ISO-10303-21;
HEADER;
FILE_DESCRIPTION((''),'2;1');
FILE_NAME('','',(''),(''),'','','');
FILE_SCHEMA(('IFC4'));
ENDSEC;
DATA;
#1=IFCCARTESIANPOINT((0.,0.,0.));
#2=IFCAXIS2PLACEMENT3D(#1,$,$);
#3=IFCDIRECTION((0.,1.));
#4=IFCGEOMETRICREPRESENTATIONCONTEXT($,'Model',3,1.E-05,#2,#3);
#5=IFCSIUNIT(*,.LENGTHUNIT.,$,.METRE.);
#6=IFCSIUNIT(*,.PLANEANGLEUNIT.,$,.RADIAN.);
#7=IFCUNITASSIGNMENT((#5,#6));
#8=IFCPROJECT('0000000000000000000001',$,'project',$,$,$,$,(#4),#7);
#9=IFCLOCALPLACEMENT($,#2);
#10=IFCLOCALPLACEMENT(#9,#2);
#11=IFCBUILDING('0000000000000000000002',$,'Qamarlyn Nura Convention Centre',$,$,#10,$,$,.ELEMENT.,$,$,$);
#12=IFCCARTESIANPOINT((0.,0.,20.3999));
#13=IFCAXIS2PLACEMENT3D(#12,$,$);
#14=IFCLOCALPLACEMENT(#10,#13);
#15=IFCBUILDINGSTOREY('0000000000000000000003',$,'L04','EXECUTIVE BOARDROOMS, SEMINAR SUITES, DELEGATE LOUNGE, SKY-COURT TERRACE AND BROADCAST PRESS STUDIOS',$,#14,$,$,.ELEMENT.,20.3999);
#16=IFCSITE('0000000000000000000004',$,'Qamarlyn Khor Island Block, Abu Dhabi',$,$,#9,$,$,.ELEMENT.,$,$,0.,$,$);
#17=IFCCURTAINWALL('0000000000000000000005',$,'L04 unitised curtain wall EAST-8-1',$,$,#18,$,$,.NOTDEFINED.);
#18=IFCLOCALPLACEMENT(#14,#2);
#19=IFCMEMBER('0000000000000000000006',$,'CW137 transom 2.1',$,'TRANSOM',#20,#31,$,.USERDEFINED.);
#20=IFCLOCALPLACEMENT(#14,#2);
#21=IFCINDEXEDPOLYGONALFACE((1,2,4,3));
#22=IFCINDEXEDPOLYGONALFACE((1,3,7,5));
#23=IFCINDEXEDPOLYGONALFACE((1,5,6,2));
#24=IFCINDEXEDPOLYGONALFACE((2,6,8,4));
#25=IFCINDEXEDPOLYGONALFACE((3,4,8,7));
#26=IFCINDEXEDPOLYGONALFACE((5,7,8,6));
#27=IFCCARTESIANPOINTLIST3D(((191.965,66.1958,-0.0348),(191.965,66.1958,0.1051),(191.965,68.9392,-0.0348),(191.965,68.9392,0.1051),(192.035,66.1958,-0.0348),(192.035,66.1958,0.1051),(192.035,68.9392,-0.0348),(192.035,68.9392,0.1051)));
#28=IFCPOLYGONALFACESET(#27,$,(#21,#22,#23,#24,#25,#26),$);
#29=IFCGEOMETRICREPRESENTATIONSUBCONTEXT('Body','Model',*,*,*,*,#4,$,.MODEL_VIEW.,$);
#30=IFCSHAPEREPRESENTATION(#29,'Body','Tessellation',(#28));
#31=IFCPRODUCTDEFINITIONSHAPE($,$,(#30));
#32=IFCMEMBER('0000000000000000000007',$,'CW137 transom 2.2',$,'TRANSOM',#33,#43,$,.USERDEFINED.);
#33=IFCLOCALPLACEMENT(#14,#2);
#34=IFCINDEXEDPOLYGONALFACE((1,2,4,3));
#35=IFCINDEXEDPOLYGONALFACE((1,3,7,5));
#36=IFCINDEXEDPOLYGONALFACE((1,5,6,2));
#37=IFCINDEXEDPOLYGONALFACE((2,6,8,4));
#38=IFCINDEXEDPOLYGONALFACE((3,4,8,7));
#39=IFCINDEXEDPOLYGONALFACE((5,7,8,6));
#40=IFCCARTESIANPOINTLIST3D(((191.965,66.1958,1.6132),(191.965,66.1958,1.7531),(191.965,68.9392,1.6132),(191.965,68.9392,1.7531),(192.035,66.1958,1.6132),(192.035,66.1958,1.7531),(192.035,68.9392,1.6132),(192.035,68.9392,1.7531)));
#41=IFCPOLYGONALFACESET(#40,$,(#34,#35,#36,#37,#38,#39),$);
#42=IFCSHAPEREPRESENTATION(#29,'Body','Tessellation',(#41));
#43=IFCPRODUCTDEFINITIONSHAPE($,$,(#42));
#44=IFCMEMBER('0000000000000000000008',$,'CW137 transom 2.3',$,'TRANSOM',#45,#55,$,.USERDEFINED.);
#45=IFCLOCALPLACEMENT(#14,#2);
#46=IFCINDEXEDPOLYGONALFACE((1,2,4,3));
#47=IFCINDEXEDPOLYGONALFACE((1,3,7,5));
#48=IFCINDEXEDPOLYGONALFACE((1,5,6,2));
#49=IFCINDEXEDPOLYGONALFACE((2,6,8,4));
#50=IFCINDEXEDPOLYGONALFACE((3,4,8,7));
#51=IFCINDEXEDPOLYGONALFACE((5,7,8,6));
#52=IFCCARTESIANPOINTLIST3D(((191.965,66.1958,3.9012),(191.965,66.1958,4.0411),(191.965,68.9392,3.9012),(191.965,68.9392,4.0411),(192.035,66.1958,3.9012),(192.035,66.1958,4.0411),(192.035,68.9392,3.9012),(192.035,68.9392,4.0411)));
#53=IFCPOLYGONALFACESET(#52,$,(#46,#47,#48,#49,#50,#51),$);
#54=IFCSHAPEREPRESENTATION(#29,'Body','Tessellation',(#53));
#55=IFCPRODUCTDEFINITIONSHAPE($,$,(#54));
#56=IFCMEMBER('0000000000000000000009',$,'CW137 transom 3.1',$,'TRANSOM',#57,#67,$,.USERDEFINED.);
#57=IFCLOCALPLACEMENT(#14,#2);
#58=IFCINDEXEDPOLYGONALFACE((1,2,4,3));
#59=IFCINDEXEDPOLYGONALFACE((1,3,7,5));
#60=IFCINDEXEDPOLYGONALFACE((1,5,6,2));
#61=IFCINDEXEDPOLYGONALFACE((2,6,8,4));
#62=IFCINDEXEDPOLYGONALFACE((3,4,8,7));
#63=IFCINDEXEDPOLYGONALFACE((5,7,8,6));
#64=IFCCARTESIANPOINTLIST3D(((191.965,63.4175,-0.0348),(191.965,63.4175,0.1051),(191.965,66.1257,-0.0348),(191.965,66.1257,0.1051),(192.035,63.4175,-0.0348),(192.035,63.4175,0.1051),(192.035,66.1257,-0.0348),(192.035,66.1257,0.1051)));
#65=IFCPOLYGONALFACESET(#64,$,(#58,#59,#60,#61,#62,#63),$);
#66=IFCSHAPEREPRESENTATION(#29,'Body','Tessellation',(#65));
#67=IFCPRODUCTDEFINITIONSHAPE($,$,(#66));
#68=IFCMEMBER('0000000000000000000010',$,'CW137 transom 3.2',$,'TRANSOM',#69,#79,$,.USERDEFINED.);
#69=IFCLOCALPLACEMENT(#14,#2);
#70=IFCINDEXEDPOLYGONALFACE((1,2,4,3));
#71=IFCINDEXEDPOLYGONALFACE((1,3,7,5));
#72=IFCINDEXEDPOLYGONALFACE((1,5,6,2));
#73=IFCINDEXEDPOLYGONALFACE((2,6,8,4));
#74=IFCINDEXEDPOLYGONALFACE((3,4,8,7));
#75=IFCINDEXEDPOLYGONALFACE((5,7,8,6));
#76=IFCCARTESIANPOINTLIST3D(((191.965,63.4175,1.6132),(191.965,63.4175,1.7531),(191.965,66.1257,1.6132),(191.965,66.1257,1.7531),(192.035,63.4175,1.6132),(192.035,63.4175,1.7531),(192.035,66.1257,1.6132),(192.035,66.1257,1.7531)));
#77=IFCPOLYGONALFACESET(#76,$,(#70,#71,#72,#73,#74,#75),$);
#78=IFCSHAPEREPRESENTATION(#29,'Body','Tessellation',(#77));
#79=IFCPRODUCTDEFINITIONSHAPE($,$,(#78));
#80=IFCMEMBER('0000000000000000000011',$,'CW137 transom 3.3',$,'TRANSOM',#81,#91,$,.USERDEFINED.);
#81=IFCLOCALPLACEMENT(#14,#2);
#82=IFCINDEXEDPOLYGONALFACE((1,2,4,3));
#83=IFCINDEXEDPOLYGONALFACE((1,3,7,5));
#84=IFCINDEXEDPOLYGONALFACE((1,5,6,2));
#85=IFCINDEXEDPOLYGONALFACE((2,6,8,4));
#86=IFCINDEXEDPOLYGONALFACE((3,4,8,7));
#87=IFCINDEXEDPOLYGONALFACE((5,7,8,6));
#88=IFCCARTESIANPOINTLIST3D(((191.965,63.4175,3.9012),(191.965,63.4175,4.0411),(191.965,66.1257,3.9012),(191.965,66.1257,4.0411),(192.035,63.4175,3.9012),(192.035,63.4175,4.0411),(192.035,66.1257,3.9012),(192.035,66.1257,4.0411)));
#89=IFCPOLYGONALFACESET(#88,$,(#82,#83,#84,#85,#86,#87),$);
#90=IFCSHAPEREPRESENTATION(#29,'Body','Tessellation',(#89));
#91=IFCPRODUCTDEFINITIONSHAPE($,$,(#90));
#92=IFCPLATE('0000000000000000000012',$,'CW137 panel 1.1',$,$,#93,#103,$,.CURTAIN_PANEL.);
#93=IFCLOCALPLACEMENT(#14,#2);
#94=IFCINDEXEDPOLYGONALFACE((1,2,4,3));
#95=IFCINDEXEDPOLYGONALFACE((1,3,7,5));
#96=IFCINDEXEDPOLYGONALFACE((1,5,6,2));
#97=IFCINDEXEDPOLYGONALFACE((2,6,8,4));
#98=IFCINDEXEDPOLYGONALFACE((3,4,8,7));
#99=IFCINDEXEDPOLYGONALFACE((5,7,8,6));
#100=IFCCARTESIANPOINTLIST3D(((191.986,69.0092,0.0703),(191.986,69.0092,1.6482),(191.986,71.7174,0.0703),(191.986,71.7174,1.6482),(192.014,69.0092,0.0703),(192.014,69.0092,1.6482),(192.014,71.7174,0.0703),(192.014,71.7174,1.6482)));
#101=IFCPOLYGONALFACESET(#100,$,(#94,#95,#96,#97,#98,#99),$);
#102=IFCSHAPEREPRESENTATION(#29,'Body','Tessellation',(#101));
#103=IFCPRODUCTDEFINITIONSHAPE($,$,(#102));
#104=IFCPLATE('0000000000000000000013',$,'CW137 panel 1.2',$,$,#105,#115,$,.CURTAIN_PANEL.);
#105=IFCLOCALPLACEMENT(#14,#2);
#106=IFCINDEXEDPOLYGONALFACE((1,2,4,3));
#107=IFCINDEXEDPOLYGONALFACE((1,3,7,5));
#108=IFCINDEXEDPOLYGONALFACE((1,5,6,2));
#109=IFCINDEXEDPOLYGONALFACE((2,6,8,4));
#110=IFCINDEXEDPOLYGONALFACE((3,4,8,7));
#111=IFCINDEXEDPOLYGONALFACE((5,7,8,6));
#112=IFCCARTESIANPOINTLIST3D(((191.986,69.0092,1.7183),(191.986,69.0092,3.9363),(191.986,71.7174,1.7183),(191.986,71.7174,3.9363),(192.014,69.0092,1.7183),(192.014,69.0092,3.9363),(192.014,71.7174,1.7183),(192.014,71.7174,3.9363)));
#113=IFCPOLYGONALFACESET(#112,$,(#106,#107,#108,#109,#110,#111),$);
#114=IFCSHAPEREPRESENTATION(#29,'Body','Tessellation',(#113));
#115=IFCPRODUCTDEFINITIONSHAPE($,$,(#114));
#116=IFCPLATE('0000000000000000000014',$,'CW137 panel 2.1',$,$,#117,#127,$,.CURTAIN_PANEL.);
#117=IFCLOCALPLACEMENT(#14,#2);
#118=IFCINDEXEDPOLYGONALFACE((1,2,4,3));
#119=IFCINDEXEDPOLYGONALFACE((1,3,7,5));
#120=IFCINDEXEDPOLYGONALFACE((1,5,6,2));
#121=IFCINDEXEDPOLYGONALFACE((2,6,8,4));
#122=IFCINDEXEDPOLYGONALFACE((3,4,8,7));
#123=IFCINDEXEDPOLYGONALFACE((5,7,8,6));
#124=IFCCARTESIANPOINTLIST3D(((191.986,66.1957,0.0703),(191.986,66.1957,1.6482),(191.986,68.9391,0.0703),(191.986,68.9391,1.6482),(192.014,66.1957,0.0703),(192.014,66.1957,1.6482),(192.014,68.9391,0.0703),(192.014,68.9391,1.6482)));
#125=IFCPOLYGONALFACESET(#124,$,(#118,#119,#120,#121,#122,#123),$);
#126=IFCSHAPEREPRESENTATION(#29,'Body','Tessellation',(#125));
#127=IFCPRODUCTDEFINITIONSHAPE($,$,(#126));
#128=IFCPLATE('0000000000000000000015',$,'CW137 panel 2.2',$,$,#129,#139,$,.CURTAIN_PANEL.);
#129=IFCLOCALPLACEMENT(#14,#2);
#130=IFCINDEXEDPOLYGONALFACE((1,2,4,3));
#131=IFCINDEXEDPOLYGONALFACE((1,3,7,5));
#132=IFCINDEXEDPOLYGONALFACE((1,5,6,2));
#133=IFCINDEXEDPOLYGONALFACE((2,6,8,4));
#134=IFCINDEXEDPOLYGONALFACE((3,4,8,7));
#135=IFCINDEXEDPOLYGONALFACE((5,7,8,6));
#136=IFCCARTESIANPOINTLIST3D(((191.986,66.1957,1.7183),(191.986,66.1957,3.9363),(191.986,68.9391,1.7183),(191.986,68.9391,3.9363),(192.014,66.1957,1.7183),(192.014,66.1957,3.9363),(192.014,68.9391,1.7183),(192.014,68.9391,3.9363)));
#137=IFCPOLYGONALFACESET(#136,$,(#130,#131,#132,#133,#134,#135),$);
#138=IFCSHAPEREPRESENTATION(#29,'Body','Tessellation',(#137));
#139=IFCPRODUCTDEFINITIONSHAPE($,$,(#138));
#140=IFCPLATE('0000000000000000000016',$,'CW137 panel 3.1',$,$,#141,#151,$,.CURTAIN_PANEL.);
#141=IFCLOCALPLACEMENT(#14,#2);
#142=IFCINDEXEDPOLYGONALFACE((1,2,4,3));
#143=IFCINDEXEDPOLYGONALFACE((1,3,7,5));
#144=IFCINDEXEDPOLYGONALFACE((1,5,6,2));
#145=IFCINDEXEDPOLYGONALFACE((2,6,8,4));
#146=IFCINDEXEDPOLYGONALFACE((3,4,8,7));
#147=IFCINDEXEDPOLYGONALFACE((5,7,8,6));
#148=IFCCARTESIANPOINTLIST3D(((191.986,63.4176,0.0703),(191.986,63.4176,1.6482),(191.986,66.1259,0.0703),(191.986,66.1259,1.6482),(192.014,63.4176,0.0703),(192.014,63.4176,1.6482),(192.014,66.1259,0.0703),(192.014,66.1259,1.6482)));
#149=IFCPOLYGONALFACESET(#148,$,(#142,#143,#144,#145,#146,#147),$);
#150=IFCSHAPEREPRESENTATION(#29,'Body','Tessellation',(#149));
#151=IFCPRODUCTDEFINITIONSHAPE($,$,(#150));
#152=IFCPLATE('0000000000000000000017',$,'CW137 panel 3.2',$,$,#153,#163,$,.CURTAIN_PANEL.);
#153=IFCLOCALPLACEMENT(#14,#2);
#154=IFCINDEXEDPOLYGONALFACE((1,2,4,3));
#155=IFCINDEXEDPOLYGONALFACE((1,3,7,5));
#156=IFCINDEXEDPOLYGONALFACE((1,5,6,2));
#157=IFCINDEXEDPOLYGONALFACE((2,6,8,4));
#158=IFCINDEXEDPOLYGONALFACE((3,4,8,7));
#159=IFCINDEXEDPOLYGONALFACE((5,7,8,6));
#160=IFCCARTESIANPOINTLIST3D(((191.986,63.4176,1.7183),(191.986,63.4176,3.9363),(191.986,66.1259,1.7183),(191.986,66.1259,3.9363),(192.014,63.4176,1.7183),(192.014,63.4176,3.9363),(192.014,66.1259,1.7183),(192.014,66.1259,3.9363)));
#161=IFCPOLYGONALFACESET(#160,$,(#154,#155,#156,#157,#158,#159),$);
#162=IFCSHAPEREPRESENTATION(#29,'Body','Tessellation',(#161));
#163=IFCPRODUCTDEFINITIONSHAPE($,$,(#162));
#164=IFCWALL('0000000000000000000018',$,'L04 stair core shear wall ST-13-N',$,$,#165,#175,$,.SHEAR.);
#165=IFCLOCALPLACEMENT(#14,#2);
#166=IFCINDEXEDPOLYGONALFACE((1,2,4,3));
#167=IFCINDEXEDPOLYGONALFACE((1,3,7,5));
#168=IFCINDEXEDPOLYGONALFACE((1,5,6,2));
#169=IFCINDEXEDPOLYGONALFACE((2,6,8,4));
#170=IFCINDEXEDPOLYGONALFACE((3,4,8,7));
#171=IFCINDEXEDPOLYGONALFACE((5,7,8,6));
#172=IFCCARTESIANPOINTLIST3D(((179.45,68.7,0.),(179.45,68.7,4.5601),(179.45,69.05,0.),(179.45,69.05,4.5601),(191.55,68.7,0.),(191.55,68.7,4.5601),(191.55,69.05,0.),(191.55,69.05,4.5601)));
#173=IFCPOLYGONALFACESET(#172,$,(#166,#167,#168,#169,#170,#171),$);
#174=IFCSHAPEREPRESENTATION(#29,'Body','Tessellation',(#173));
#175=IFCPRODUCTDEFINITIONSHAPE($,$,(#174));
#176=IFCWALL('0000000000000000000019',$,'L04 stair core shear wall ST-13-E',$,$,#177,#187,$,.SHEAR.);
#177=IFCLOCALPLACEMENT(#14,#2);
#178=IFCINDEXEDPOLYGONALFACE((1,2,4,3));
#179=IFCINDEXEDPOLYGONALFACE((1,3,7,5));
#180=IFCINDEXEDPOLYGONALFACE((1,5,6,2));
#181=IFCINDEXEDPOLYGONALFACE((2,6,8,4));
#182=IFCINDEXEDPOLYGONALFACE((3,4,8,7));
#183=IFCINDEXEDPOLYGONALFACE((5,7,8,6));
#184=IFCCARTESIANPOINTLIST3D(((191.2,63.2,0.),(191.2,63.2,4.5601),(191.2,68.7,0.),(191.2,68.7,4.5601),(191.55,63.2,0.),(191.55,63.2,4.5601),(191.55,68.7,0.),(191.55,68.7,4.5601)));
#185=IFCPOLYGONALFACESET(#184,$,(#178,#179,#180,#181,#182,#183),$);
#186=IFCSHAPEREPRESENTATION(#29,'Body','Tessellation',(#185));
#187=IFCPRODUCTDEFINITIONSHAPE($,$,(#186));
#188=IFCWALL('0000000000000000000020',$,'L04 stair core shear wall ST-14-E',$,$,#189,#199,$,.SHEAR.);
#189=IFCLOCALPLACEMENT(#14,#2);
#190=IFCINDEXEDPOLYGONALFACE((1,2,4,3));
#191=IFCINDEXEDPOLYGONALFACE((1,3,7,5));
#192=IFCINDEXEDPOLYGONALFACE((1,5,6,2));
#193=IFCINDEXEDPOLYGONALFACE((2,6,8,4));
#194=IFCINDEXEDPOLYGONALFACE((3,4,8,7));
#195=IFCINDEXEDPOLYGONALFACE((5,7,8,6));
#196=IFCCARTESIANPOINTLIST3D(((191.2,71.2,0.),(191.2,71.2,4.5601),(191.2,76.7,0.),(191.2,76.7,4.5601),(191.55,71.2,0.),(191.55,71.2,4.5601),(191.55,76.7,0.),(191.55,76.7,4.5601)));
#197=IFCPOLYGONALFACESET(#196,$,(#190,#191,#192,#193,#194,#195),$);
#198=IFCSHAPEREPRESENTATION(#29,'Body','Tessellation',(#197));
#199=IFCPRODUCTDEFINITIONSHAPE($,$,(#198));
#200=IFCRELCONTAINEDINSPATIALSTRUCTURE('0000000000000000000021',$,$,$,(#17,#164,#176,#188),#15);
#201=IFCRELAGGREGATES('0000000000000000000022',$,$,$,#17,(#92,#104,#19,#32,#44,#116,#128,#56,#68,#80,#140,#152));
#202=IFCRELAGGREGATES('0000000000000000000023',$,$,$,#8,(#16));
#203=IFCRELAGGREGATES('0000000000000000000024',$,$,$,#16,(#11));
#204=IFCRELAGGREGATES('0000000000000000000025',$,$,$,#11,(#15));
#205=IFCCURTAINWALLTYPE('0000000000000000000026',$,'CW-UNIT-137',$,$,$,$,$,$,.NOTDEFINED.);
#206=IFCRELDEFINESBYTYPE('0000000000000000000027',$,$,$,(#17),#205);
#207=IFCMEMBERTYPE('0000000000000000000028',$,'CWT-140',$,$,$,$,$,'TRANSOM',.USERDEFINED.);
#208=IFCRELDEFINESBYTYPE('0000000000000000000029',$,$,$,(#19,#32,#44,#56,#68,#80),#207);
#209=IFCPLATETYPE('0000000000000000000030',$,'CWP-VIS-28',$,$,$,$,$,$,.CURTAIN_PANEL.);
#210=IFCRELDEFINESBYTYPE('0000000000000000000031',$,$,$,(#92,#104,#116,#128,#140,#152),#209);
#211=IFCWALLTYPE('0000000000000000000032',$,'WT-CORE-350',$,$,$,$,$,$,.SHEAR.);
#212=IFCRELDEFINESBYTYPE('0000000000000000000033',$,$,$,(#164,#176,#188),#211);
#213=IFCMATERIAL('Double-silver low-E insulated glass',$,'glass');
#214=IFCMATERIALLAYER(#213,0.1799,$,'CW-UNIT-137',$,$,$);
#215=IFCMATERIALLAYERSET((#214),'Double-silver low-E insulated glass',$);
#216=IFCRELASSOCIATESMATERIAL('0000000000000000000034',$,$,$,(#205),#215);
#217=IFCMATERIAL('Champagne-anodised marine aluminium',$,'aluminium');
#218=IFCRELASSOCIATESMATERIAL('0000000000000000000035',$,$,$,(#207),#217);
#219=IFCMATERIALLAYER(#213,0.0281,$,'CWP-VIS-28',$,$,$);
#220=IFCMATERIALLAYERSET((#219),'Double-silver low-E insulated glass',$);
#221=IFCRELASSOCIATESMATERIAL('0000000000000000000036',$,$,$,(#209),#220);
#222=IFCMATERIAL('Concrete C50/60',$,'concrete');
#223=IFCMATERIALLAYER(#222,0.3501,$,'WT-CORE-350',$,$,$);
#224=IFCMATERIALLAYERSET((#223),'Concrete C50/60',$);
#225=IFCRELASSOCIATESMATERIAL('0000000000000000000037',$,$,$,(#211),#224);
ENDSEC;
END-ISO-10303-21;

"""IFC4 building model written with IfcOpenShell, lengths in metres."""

from ifc_helpers import new_model, si_unit, direction, frame, frame_2d, origin, origin_2d, place, context, subcontext, project, spatial, rectangle, extrude, material, layer, layer_set, material_profile, profile_set, type_object, element, aggregate, save


model = new_model("IFC4")

# Units and contexts
model_context = context("Model", 3, precision=1e-05, world=origin(), true_north=direction((0.0, 1.0)))
body_context = subcontext(model_context, "Body", "Model", "MODEL_VIEW")
ifc_project = project(units=[si_unit("LENGTHUNIT", "METRE"), si_unit("PLANEANGLEUNIT", "RADIAN")], contexts=[model_context])

# Site, building, storey
site_placement = place(None, origin())
site = spatial("IfcSite", under=ifc_project, at=site_placement, Name="Qamarlyn Khor Island Block, Abu Dhabi", CompositionType="ELEMENT", RefElevation=0.0)
building_placement = place(site_placement, origin())
building = spatial("IfcBuilding", under=site, at=building_placement, Name="Qamarlyn Nura Convention Centre", CompositionType="ELEMENT")
storey_placement = place(building_placement, frame((0.0, 0.0, 20.3999)))
storey = spatial("IfcBuildingStorey", under=building, at=storey_placement, Name="L04", Description="EXECUTIVE BOARDROOMS, SEMINAR SUITES, DELEGATE LOUNGE, SKY-COURT TERRACE AND BROADCAST PRESS STUDIOS", CompositionType="ELEMENT", Elevation=20.3999)

# Curtain wall, members, plates
ifc_material_1 = material(Name="Double-silver low-E insulated glass", Category="glass")
ifc_layer_1 = layer(ifc_material_1, 0.1799, Name="CW-UNIT-137")
ifc_layer_set_1 = layer_set([ifc_layer_1], Name="Double-silver low-E insulated glass")
curtain_wall_type = type_object("IfcCurtainWallType", Name="CW-UNIT-137", PredefinedType="NOTDEFINED", material=ifc_layer_set_1)
curtain_wall_placement = place(storey_placement, origin())
curtain_wall = element("IfcCurtainWall", 1, at=curtain_wall_placement, inside=storey, type_object=curtain_wall_type, Name="L04 unitised curtain wall EAST-8-1", PredefinedType="NOTDEFINED")
ifc_material_2 = material(Name="Champagne-anodised marine aluminium", Category="aluminium")
ifc_material_profile_1 = material_profile(ifc_material_2, rectangle(XDim=0.0701, YDim=0.1399, at=origin_2d()), Name="ALU TRANSOM 70x140")
ifc_profile_set_1 = profile_set([ifc_material_profile_1], Name="Champagne-anodised marine aluminium")
member_type_1 = type_object("IfcMemberType", Name="CWT-140", ElementType="TRANSOM", PredefinedType="USERDEFINED", material=ifc_profile_set_1)
member_1_placement = place(storey_placement, frame((192.0, 68.9392, 0.0352), z_axis=(0.0, -1.0, 0.0), x_axis=(1.0, 0.0, 0.0)))
member_1 = element("IfcMember", 2, at=member_1_placement, type_object=member_type_1, Name="CW137 transom 2.1", ObjectType="TRANSOM", PredefinedType="USERDEFINED", context=body_context, shape_type="SweptSolid", body=[
    extrude(rectangle(XDim=0.0701, YDim=0.1399, at=origin_2d()), origin(), (0.0, 0.0, 1.0), 2.7434),
])
member_2_placement = place(storey_placement, frame((192.0, 68.9392, 1.6831), z_axis=(0.0, -1.0, 0.0), x_axis=(1.0, 0.0, 0.0)))
member_2 = element("IfcMember", 3, at=member_2_placement, type_object=member_type_1, Name="CW137 transom 2.2", ObjectType="TRANSOM", PredefinedType="USERDEFINED", context=body_context, shape_type="SweptSolid", body=[
    extrude(rectangle(XDim=0.0701, YDim=0.1399, at=origin_2d()), origin(), (0.0, 0.0, 1.0), 2.7434),
])
member_3_placement = place(storey_placement, frame((192.0, 68.9392, 3.9712), z_axis=(0.0, -1.0, 0.0), x_axis=(1.0, 0.0, 0.0)))
member_3 = element("IfcMember", 4, at=member_3_placement, type_object=member_type_1, Name="CW137 transom 2.3", ObjectType="TRANSOM", PredefinedType="USERDEFINED", context=body_context, shape_type="SweptSolid", body=[
    extrude(rectangle(XDim=0.0701, YDim=0.1399, at=origin_2d()), origin(), (0.0, 0.0, 1.0), 2.7434),
])
member_4_placement = place(storey_placement, frame((192.0, 66.1257, 0.0352), z_axis=(0.0, -1.0, 0.0), x_axis=(1.0, 0.0, 0.0)))
member_4 = element("IfcMember", 5, at=member_4_placement, type_object=member_type_1, Name="CW137 transom 3.1", ObjectType="TRANSOM", PredefinedType="USERDEFINED", context=body_context, shape_type="SweptSolid", body=[
    extrude(rectangle(XDim=0.0701, YDim=0.1399, at=origin_2d()), origin(), (0.0, 0.0, 1.0), 2.7083),
])
member_5_placement = place(storey_placement, frame((192.0, 66.1257, 1.6831), z_axis=(0.0, -1.0, 0.0), x_axis=(1.0, 0.0, 0.0)))
member_5 = element("IfcMember", 6, at=member_5_placement, type_object=member_type_1, Name="CW137 transom 3.2", ObjectType="TRANSOM", PredefinedType="USERDEFINED", context=body_context, shape_type="SweptSolid", body=[
    extrude(rectangle(XDim=0.0701, YDim=0.1399, at=origin_2d()), origin(), (0.0, 0.0, 1.0), 2.7083),
])
member_6_placement = place(storey_placement, frame((192.0, 66.1257, 3.9712), z_axis=(0.0, -1.0, 0.0), x_axis=(1.0, 0.0, 0.0)))
member_6 = element("IfcMember", 7, at=member_6_placement, type_object=member_type_1, Name="CW137 transom 3.3", ObjectType="TRANSOM", PredefinedType="USERDEFINED", context=body_context, shape_type="SweptSolid", body=[
    extrude(rectangle(XDim=0.0701, YDim=0.1399, at=origin_2d()), origin(), (0.0, 0.0, 1.0), 2.7083),
])
ifc_layer_2 = layer(ifc_material_1, 0.0281, Name="CWP-VIS-28")
ifc_layer_set_2 = layer_set([ifc_layer_2], Name="Double-silver low-E insulated glass")
plate_type = type_object("IfcPlateType", Name="CWP-VIS-28", PredefinedType="CURTAIN_PANEL", material=ifc_layer_set_2)
plate_1_placement = place(storey_placement, frame((192.0, 70.3633, 0.0703), z_axis=(0.0, 0.0, 1.0), x_axis=(0.0, -1.0, 0.0)))
plate_1 = element("IfcPlate", 8, at=plate_1_placement, type_object=plate_type, Name="CW137 panel 1.1", PredefinedType="CURTAIN_PANEL", context=body_context, shape_type="SweptSolid", body=[
    extrude(rectangle(XDim=2.7083, YDim=0.0281, at=origin_2d()), origin(), (0.0, 0.0, 1.0), 1.5779),
])
plate_2_placement = place(storey_placement, frame((192.0, 70.3633, 1.7183), z_axis=(0.0, 0.0, 1.0), x_axis=(0.0, -1.0, 0.0)))
plate_2 = element("IfcPlate", 9, at=plate_2_placement, type_object=plate_type, Name="CW137 panel 1.2", PredefinedType="CURTAIN_PANEL", context=body_context, shape_type="SweptSolid", body=[
    extrude(rectangle(XDim=2.7083, YDim=0.0281, at=origin_2d()), origin(), (0.0, 0.0, 1.0), 2.218),
])
plate_3_placement = place(storey_placement, frame((192.0, 67.5674, 0.0703), z_axis=(0.0, 0.0, 1.0), x_axis=(0.0, -1.0, 0.0)))
plate_3 = element("IfcPlate", 10, at=plate_3_placement, type_object=plate_type, Name="CW137 panel 2.1", PredefinedType="CURTAIN_PANEL", context=body_context, shape_type="SweptSolid", body=[
    extrude(rectangle(XDim=2.7434, YDim=0.0281, at=origin_2d()), origin(), (0.0, 0.0, 1.0), 1.5779),
])
plate_4_placement = place(storey_placement, frame((192.0, 67.5674, 1.7183), z_axis=(0.0, 0.0, 1.0), x_axis=(0.0, -1.0, 0.0)))
plate_4 = element("IfcPlate", 11, at=plate_4_placement, type_object=plate_type, Name="CW137 panel 2.2", PredefinedType="CURTAIN_PANEL", context=body_context, shape_type="SweptSolid", body=[
    extrude(rectangle(XDim=2.7434, YDim=0.0281, at=origin_2d()), origin(), (0.0, 0.0, 1.0), 2.218),
])
plate_5_placement = place(storey_placement, frame((192.0, 64.7717, 0.0703), z_axis=(0.0, 0.0, 1.0), x_axis=(0.0, -1.0, 0.0)))
plate_5 = element("IfcPlate", 12, at=plate_5_placement, type_object=plate_type, Name="CW137 panel 3.1", PredefinedType="CURTAIN_PANEL", context=body_context, shape_type="SweptSolid", body=[
    extrude(rectangle(XDim=2.7083, YDim=0.0281, at=origin_2d()), origin(), (0.0, 0.0, 1.0), 1.5779),
])
plate_6_placement = place(storey_placement, frame((192.0, 64.7717, 1.7183), z_axis=(0.0, 0.0, 1.0), x_axis=(0.0, -1.0, 0.0)))
plate_6 = element("IfcPlate", 13, at=plate_6_placement, type_object=plate_type, Name="CW137 panel 3.2", PredefinedType="CURTAIN_PANEL", context=body_context, shape_type="SweptSolid", body=[
    extrude(rectangle(XDim=2.7083, YDim=0.0281, at=origin_2d()), origin(), (0.0, 0.0, 1.0), 2.218),
])
aggregate(curtain_wall, [plate_1, plate_2, member_1, member_2, member_3, plate_3, plate_4, member_4, member_5, member_6, plate_5, plate_6])

# Walls
ifc_material_3 = material(Name="Concrete C50/60", Category="concrete")
ifc_layer_3 = layer(ifc_material_3, 0.3501, Name="WT-CORE-350")
ifc_layer_set_3 = layer_set([ifc_layer_3], Name="Concrete C50/60")
wall_type_1 = type_object("IfcWallType", Name="WT-CORE-350", PredefinedType="SHEAR", material=ifc_layer_set_3)
wall_1_placement = place(storey_placement, frame((191.55, 68.875, 0.0), z_axis=(0.0, 0.0, 1.0), x_axis=(-1.0, 0.0, 0.0)))
element("IfcWall", 14, at=wall_1_placement, inside=storey, type_object=wall_type_1, Name="L04 stair core shear wall ST-13-N", PredefinedType="SHEAR", context=body_context, shape_type="SweptSolid", body=[
    extrude(rectangle(XDim=12.1001, YDim=0.3501, at=frame_2d((6.05, 0.0))), origin(), (0.0, 0.0, 1.0), 4.5601),
])
for number, where, z_axis, x_axis, name in (
    (15, (191.375, 63.2, 0.0), (0.0, 0.0, 1.0), (0.0, 1.0, 0.0), "L04 stair core shear wall ST-13-E"),
    (16, (191.375, 71.2, 0.0), (0.0, 0.0, 1.0), (0.0, 1.0, 0.0), "L04 stair core shear wall ST-14-E"),
):
    element("IfcWall", number, at=place(storey_placement, frame(where, z_axis=z_axis, x_axis=x_axis)), inside=storey, type_object=wall_type_1, Name=name, PredefinedType="SHEAR", context=body_context, shape_type="SweptSolid", body=[
        extrude(rectangle(XDim=5.5, YDim=0.3501, at=frame_2d((2.75, 0.0))), origin(), (0.0, 0.0, 1.0), 4.5601),
    ])

save(model, "model.ifc")
